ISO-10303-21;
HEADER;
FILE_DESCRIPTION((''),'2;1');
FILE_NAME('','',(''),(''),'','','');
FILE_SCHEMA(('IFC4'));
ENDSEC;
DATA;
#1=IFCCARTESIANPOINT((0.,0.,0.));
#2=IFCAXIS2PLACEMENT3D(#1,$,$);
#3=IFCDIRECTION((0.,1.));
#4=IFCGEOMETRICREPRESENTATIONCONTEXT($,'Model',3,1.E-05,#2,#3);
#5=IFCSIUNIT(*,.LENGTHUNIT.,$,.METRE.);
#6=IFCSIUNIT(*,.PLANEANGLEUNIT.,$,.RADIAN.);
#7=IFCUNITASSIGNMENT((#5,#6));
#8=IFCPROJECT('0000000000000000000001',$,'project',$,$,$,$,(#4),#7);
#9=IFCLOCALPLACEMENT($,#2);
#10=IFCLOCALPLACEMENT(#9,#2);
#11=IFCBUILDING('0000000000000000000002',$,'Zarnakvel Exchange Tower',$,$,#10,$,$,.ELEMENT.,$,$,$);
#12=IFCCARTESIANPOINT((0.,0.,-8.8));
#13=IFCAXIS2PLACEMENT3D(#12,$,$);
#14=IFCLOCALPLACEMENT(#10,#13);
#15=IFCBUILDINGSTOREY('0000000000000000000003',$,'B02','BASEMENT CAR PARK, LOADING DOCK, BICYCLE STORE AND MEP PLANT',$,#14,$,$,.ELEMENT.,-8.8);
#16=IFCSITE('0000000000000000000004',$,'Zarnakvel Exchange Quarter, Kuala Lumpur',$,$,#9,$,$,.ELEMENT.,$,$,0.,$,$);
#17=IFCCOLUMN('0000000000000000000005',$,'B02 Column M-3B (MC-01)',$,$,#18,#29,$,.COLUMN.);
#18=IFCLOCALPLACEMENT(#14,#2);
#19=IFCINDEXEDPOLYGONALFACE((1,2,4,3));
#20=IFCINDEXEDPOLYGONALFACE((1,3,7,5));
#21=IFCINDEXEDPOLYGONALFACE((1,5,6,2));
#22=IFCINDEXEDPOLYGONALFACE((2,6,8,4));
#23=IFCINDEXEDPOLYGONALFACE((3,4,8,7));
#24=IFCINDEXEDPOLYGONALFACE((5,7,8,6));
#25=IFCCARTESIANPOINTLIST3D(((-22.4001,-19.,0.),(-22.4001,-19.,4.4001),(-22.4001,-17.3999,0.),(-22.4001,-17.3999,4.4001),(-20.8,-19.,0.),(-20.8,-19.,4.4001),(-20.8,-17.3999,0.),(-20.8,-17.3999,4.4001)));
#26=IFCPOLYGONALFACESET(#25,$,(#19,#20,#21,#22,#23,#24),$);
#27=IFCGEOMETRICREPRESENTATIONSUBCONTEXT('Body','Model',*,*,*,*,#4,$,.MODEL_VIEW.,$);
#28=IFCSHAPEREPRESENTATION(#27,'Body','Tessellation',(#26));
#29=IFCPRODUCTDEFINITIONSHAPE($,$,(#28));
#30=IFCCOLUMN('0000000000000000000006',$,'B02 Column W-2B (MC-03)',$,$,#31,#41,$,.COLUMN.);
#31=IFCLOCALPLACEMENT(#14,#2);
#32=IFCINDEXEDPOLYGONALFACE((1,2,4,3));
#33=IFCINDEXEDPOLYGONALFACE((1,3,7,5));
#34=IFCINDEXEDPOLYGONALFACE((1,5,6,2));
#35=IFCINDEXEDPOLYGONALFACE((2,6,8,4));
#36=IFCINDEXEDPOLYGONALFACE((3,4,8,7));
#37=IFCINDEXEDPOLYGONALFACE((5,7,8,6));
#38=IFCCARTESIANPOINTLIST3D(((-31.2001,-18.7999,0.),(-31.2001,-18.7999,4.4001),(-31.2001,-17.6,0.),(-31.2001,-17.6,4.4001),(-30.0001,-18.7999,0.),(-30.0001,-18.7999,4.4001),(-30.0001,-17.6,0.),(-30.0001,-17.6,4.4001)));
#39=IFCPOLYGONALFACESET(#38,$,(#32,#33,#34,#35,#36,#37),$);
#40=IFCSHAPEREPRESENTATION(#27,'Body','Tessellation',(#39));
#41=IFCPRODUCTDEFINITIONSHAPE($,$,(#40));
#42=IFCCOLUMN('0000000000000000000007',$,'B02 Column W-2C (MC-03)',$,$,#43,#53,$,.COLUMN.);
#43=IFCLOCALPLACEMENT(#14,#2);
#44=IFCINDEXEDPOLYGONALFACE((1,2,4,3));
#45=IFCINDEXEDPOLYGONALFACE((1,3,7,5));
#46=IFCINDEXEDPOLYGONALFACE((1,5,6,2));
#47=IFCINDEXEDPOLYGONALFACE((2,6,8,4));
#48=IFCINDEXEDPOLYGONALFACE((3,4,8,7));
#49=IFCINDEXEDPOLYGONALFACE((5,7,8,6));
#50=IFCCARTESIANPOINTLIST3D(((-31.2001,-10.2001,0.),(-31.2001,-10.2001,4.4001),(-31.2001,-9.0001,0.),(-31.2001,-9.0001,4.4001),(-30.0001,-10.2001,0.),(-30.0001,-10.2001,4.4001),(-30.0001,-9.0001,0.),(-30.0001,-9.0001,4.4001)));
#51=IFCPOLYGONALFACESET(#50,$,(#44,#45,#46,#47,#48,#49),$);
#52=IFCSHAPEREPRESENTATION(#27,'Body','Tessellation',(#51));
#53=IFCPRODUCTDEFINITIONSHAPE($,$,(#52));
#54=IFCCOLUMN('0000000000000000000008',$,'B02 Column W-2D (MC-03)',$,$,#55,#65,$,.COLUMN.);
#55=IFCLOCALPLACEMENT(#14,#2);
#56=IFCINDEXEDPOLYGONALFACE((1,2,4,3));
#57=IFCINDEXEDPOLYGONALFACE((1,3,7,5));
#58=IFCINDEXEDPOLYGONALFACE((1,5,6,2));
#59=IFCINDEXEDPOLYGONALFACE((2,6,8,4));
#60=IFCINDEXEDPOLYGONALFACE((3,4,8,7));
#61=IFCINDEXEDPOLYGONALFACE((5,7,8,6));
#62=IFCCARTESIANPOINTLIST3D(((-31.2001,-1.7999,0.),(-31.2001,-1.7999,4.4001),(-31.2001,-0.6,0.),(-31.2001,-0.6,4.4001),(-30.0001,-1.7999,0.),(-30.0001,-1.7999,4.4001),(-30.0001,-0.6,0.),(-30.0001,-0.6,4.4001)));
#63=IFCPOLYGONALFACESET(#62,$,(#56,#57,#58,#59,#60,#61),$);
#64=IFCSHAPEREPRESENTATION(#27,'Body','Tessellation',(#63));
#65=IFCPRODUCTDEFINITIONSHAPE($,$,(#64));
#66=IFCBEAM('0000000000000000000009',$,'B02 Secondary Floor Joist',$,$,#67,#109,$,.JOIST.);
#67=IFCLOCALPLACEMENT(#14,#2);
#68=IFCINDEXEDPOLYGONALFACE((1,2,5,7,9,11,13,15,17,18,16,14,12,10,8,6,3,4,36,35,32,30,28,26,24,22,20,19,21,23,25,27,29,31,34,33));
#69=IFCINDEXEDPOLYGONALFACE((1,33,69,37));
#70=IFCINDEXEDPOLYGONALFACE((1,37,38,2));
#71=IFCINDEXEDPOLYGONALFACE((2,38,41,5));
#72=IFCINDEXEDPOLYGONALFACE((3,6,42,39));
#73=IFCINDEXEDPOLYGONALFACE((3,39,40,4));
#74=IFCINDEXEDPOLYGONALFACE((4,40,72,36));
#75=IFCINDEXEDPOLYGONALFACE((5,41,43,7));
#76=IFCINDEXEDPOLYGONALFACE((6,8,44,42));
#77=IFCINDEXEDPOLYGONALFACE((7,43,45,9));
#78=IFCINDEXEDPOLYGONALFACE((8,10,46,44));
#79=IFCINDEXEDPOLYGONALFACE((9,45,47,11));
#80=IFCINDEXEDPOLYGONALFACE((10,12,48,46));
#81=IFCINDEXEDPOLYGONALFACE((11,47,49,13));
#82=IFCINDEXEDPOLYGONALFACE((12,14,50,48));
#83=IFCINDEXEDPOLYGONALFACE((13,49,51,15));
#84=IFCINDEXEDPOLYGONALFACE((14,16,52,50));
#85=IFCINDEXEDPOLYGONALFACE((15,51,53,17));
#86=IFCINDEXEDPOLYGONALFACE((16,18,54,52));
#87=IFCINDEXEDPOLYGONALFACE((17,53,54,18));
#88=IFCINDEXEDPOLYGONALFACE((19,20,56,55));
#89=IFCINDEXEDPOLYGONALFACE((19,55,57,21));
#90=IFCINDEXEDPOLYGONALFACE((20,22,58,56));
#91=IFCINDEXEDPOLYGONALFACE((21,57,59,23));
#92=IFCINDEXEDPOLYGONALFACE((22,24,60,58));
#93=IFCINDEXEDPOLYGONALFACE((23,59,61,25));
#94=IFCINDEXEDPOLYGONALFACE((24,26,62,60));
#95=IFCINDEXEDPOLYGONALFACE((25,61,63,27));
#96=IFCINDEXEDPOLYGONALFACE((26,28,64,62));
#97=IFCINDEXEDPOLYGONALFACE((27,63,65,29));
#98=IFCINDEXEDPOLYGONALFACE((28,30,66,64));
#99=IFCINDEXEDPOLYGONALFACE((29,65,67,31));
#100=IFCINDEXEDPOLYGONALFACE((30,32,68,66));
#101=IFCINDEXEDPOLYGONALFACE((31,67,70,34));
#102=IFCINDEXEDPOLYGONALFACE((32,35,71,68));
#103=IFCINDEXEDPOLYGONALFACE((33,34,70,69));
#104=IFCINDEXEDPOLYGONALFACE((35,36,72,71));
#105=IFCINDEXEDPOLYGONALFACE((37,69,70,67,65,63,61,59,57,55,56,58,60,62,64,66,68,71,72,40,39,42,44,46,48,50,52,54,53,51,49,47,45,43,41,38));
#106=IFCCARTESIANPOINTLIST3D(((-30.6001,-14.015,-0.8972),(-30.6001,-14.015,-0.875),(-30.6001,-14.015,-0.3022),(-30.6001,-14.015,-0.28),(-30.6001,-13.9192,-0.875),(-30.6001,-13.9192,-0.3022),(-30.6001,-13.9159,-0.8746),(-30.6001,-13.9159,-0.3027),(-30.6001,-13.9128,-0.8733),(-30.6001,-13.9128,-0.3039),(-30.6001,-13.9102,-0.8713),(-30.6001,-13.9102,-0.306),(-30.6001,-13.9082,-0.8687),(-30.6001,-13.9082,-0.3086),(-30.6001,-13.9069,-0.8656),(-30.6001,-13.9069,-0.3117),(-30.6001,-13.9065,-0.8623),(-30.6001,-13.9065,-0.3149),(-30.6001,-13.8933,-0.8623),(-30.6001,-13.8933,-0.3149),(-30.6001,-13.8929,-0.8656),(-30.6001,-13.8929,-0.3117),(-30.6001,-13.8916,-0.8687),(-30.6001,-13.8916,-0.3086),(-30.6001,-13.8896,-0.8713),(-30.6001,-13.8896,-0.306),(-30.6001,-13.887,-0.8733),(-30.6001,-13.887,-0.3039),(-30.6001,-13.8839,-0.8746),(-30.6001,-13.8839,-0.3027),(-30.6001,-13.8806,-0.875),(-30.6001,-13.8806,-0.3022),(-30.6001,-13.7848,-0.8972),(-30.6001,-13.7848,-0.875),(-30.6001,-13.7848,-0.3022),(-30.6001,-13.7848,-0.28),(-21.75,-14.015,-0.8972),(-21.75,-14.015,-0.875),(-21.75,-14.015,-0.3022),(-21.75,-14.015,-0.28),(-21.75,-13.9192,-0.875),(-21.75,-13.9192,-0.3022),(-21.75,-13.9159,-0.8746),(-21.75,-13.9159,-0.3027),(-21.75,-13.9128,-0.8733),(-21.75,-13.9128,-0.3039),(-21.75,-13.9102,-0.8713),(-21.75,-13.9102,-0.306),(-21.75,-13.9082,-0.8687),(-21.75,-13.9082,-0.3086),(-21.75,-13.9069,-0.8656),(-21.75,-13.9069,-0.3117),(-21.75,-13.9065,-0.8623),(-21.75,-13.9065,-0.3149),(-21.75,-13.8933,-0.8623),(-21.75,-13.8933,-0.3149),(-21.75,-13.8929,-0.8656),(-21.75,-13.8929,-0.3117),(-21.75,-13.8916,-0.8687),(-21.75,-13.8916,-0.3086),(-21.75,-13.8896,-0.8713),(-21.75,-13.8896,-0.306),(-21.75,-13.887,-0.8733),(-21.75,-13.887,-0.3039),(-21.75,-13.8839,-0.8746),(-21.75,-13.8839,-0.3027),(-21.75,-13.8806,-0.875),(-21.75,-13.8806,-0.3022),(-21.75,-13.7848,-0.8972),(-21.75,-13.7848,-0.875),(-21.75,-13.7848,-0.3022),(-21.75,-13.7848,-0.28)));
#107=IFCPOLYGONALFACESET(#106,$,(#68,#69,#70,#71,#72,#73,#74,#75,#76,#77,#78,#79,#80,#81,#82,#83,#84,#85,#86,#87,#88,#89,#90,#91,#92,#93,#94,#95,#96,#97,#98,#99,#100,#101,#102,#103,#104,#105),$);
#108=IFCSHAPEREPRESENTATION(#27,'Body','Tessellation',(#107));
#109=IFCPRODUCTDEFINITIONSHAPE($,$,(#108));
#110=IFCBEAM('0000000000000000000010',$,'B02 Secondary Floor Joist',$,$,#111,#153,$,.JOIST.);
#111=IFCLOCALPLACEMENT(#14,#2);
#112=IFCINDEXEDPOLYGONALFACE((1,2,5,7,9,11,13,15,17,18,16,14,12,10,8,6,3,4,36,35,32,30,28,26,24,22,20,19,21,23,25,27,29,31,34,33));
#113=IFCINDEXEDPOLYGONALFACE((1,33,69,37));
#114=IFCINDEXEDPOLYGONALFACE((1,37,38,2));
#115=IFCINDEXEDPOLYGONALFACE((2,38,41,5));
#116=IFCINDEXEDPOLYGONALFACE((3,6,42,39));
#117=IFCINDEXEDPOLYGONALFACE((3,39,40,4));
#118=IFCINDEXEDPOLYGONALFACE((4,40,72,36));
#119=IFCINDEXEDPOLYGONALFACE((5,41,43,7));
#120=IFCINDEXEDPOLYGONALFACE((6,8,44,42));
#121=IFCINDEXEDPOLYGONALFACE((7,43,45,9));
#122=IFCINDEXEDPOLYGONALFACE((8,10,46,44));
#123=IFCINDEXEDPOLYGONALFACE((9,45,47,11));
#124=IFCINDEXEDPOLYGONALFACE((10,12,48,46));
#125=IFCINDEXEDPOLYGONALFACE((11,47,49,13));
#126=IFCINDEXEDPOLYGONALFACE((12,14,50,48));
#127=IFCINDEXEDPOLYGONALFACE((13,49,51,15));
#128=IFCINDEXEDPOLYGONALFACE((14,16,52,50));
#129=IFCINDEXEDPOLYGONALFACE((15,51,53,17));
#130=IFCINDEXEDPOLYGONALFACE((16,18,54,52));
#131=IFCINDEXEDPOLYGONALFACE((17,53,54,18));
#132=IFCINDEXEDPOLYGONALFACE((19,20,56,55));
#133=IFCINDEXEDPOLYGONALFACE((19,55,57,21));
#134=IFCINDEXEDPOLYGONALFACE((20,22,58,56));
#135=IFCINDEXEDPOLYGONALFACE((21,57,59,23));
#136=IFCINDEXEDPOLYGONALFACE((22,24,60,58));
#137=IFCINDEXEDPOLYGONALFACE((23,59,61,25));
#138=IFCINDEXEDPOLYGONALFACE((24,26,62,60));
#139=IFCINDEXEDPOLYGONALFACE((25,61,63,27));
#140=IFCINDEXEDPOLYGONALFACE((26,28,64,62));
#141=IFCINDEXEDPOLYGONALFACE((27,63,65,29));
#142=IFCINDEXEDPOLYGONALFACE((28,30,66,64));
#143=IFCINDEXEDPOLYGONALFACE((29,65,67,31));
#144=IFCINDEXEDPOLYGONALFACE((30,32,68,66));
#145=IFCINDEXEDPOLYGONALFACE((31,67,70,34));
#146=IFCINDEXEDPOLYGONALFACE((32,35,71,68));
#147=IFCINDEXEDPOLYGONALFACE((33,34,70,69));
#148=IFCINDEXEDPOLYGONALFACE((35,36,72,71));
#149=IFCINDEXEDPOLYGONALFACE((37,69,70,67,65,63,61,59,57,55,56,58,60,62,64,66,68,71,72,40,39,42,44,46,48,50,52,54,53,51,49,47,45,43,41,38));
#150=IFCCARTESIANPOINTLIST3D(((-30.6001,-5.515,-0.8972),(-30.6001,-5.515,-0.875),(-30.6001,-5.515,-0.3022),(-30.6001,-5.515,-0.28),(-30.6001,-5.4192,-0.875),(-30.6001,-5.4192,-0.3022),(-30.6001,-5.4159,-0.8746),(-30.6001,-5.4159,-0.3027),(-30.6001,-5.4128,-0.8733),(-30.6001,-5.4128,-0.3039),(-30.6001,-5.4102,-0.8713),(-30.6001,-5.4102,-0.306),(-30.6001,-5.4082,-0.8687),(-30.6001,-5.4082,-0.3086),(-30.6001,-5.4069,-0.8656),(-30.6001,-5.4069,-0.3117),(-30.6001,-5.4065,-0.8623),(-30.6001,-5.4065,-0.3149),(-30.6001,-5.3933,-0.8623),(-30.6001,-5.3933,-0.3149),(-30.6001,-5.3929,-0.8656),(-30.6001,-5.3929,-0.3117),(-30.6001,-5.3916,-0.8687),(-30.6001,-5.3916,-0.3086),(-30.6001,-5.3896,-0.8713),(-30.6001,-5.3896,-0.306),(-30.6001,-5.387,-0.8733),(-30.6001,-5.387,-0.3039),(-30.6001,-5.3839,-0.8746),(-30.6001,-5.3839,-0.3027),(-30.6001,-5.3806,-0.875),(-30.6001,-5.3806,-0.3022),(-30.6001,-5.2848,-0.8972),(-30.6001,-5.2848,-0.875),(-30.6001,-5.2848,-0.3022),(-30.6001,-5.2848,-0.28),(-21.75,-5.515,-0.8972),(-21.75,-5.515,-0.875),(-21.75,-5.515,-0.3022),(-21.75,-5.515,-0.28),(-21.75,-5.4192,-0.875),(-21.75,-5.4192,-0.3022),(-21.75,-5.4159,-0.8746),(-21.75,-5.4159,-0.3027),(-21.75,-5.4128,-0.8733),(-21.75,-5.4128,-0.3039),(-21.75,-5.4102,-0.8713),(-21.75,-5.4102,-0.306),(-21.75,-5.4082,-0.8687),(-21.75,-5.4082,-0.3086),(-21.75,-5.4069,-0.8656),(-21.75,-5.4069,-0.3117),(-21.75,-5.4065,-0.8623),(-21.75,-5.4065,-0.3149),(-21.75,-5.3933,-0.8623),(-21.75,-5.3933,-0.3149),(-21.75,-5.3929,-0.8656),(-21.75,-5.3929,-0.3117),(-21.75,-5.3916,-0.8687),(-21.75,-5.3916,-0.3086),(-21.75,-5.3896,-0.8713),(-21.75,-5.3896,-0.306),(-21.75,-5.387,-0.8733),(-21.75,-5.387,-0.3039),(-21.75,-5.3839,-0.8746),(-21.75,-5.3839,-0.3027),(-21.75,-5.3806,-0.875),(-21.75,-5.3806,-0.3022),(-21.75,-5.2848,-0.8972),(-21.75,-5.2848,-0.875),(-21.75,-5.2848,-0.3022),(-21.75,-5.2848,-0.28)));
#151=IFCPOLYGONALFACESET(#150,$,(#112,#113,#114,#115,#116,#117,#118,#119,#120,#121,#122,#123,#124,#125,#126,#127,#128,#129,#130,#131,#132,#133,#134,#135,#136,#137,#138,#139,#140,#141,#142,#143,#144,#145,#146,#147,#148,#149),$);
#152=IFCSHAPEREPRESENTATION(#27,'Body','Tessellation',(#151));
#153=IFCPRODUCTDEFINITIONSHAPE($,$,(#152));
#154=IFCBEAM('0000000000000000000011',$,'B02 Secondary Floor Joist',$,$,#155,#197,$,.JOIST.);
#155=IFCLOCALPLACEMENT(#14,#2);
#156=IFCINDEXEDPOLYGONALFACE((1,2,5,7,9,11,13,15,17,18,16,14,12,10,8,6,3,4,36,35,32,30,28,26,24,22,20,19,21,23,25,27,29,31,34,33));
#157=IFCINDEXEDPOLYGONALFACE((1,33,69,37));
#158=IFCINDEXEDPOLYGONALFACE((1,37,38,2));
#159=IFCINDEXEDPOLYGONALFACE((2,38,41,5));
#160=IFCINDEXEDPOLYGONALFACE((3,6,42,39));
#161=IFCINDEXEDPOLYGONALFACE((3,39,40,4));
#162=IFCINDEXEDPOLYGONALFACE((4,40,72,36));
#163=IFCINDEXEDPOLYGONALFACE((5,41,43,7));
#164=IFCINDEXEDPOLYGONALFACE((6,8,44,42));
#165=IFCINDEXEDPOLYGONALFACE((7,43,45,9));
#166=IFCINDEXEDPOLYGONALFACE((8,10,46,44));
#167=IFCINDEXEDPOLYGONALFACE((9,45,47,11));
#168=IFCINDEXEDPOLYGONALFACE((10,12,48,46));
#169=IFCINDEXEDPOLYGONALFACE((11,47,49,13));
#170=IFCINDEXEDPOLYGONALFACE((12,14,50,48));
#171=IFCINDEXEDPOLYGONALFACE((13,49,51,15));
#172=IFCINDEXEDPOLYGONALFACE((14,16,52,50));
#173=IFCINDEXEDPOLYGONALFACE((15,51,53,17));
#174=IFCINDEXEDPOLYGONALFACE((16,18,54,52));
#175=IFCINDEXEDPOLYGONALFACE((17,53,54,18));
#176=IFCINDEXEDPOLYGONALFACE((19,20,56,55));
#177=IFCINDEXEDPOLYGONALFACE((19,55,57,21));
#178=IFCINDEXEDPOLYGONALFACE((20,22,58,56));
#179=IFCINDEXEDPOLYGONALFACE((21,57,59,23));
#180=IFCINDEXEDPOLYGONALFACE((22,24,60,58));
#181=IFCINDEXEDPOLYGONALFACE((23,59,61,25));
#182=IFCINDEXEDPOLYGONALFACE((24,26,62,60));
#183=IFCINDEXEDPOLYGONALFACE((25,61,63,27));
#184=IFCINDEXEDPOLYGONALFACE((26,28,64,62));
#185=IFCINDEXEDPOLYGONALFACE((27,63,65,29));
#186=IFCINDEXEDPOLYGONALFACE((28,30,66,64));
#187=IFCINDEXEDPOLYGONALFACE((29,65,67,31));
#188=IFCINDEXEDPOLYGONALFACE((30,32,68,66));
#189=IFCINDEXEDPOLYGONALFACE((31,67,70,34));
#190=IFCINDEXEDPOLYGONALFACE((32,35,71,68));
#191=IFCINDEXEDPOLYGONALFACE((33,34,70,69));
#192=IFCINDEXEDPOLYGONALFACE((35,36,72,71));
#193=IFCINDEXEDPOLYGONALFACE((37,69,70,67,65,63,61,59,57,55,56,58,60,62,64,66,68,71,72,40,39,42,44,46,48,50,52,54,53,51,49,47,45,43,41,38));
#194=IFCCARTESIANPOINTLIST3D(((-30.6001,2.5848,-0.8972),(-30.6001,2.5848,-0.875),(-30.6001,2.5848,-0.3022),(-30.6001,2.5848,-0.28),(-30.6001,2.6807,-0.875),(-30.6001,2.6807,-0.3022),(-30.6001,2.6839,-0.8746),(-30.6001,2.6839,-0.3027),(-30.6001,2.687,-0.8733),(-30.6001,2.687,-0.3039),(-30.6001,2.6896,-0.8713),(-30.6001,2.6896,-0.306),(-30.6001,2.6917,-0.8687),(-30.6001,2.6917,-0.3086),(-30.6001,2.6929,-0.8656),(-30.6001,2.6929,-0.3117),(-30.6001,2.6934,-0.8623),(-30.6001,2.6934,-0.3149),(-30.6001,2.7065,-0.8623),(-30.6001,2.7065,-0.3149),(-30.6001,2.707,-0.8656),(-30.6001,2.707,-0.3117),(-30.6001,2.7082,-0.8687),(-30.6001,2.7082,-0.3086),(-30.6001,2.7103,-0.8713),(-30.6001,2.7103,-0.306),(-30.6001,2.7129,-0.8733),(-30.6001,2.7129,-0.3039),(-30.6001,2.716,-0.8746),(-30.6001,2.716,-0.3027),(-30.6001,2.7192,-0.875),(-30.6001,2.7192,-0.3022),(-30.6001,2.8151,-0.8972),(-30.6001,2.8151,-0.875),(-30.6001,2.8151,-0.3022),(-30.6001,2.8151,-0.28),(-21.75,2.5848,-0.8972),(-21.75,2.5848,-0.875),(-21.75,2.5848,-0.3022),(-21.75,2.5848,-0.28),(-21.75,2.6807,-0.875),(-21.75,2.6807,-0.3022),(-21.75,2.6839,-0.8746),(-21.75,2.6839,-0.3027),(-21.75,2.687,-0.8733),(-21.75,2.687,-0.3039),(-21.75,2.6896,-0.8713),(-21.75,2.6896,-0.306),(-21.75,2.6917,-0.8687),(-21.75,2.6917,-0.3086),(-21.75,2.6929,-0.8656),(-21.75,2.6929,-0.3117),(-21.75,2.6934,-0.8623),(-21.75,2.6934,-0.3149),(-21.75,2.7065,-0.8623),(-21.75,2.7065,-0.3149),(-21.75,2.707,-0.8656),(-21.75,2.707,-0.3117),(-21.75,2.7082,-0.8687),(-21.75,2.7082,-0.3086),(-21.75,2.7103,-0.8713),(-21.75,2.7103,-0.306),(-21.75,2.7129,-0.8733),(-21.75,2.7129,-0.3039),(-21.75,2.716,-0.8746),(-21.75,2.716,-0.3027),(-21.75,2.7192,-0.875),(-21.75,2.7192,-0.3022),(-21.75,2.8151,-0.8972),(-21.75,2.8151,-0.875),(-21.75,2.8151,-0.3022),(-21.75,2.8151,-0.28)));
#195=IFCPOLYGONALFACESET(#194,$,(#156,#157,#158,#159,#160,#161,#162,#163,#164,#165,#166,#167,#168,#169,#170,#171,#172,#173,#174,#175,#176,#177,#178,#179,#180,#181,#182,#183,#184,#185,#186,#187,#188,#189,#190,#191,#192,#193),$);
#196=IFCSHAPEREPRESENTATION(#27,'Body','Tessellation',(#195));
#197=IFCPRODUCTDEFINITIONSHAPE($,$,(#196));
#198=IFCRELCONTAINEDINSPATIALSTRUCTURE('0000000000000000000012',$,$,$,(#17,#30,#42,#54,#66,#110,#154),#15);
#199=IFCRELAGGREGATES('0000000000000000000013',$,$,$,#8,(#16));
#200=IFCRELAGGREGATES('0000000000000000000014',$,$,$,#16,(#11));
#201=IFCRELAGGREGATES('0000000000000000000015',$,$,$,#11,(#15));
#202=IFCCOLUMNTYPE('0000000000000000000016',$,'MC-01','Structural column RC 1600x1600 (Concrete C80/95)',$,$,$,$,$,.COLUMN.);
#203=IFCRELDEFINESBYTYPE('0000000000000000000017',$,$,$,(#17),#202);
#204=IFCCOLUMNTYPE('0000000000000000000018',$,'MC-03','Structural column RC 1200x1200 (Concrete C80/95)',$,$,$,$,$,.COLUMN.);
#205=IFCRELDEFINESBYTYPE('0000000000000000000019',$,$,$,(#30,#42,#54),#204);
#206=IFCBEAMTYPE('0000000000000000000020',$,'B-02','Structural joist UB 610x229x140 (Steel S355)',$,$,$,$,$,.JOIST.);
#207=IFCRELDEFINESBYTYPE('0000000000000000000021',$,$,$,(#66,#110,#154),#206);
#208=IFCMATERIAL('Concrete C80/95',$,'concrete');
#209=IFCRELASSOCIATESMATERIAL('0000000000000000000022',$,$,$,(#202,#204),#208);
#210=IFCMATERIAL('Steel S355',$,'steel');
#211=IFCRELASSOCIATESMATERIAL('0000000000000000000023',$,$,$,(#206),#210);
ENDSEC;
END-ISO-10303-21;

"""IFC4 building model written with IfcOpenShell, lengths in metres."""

from ifc_helpers import new_model, si_unit, direction, frame, origin, origin_2d, place, context, subcontext, project, spatial, rectangle, i_section, extrude, material, material_profile, profile_set, type_object, element, save


model = new_model("IFC4")

# Units and contexts
model_context = context("Model", 3, precision=1e-05, world=origin(), true_north=direction((0.0, 1.0)))
body_context = subcontext(model_context, "Body", "Model", "MODEL_VIEW")
ifc_project = project(units=[si_unit("LENGTHUNIT", "METRE"), si_unit("PLANEANGLEUNIT", "RADIAN")], contexts=[model_context])

# Site, building, storey
site_placement = place(None, origin())
site = spatial("IfcSite", under=ifc_project, at=site_placement, Name="Zarnakvel Exchange Quarter, Kuala Lumpur", CompositionType="ELEMENT", RefElevation=0.0)
building_placement = place(site_placement, origin())
building = spatial("IfcBuilding", under=site, at=building_placement, Name="Zarnakvel Exchange Tower", CompositionType="ELEMENT")
storey_placement = place(building_placement, frame((0.0, 0.0, -8.8)))
storey = spatial("IfcBuildingStorey", under=building, at=storey_placement, Name="B02", Description="BASEMENT CAR PARK, LOADING DOCK, BICYCLE STORE AND MEP PLANT", CompositionType="ELEMENT", Elevation=-8.8)

# Columns
ifc_material_1 = material(Name="Concrete C80/95", Category="concrete")
ifc_material_profile_1 = material_profile(ifc_material_1, rectangle(XDim=1.6001, YDim=1.6001, at=origin_2d()))
ifc_profile_set_1 = profile_set([ifc_material_profile_1], Name="Concrete C80/95")
column_type_1 = type_object("IfcColumnType", Name="MC-01", Description="Structural column RC 1600x1600 (Concrete C80/95)", PredefinedType="COLUMN", material=ifc_profile_set_1)
column_placement = place(storey_placement, frame((-21.6001, -18.2, 0.0), z_axis=(0.0, 0.0, 1.0), x_axis=(1.0, 0.0, 0.0)))
element("IfcColumn", 1, at=column_placement, inside=storey, type_object=column_type_1, Name="B02 Column M-3B (MC-01)", PredefinedType="COLUMN", context=body_context, shape_type="SweptSolid", body=[
    extrude(rectangle(XDim=1.6001, YDim=1.6001, at=origin_2d()), origin(), (0.0, 0.0, 1.0), 4.4001),
])
ifc_material_profile_2 = material_profile(ifc_material_1, rectangle(XDim=1.2, YDim=1.2, at=origin_2d()))
ifc_profile_set_2 = profile_set([ifc_material_profile_2], Name="Concrete C80/95")
column_type_2 = type_object("IfcColumnType", Name="MC-03", Description="Structural column RC 1200x1200 (Concrete C80/95)", PredefinedType="COLUMN", material=ifc_profile_set_2)
for number, where, z_axis, x_axis, name in (
    (2, (-30.6001, -18.2, 0.0), (0.0, 0.0, 1.0), (1.0, 0.0, 0.0), "B02 Column W-2B (MC-03)"),
    (3, (-30.6001, -9.6001, 0.0), (0.0, 0.0, 1.0), (1.0, 0.0, 0.0), "B02 Column W-2C (MC-03)"),
    (4, (-30.6001, -1.2, 0.0), (0.0, 0.0, 1.0), (1.0, 0.0, 0.0), "B02 Column W-2D (MC-03)"),
):
    element("IfcColumn", number, at=place(storey_placement, frame(where, z_axis=z_axis, x_axis=x_axis)), inside=storey, type_object=column_type_2, Name=name, PredefinedType="COLUMN", context=body_context, shape_type="SweptSolid", body=[
        extrude(rectangle(XDim=1.2, YDim=1.2, at=origin_2d()), origin(), (0.0, 0.0, 1.0), 4.4001),
    ])

# Beams
ifc_material_2 = material(Name="Steel S355", Category="steel")
ifc_material_profile_3 = material_profile(ifc_material_2, i_section(OverallWidth=0.2302, OverallDepth=0.6172, WebThickness=0.0132, FlangeThickness=0.0222, FilletRadius=0.0127, at=origin_2d()))
ifc_profile_set_3 = profile_set([ifc_material_profile_3], Name="Steel S355")
beam_type_1 = type_object("IfcBeamType", Name="B-02", Description="Structural joist UB 610x229x140 (Steel S355)", PredefinedType="JOIST", material=ifc_profile_set_3)
for number, where, z_axis, x_axis, name in (
    (5, (-30.6001, -13.8999, -0.5886), (1.0, 0.0, 0.0), (0.0, 1.0, 0.0), "B02 Secondary Floor Joist"),
    (6, (-30.6001, -5.3999, -0.5886), (1.0, 0.0, 0.0), (0.0, 1.0, 0.0), "B02 Secondary Floor Joist"),
    (7, (-30.6001, 2.7, -0.5886), (1.0, 0.0, 0.0), (0.0, 1.0, 0.0), "B02 Secondary Floor Joist"),
):
    element("IfcBeam", number, at=place(storey_placement, frame(where, z_axis=z_axis, x_axis=x_axis)), inside=storey, type_object=beam_type_1, Name=name, PredefinedType="JOIST", context=body_context, shape_type="SweptSolid", body=[
        extrude(i_section(OverallWidth=0.2302, OverallDepth=0.6172, WebThickness=0.0132, FlangeThickness=0.0222, FilletRadius=0.0127, at=origin_2d()), origin(), (0.0, 0.0, 1.0), 8.8501),
    ])

save(model, "model.ifc")
